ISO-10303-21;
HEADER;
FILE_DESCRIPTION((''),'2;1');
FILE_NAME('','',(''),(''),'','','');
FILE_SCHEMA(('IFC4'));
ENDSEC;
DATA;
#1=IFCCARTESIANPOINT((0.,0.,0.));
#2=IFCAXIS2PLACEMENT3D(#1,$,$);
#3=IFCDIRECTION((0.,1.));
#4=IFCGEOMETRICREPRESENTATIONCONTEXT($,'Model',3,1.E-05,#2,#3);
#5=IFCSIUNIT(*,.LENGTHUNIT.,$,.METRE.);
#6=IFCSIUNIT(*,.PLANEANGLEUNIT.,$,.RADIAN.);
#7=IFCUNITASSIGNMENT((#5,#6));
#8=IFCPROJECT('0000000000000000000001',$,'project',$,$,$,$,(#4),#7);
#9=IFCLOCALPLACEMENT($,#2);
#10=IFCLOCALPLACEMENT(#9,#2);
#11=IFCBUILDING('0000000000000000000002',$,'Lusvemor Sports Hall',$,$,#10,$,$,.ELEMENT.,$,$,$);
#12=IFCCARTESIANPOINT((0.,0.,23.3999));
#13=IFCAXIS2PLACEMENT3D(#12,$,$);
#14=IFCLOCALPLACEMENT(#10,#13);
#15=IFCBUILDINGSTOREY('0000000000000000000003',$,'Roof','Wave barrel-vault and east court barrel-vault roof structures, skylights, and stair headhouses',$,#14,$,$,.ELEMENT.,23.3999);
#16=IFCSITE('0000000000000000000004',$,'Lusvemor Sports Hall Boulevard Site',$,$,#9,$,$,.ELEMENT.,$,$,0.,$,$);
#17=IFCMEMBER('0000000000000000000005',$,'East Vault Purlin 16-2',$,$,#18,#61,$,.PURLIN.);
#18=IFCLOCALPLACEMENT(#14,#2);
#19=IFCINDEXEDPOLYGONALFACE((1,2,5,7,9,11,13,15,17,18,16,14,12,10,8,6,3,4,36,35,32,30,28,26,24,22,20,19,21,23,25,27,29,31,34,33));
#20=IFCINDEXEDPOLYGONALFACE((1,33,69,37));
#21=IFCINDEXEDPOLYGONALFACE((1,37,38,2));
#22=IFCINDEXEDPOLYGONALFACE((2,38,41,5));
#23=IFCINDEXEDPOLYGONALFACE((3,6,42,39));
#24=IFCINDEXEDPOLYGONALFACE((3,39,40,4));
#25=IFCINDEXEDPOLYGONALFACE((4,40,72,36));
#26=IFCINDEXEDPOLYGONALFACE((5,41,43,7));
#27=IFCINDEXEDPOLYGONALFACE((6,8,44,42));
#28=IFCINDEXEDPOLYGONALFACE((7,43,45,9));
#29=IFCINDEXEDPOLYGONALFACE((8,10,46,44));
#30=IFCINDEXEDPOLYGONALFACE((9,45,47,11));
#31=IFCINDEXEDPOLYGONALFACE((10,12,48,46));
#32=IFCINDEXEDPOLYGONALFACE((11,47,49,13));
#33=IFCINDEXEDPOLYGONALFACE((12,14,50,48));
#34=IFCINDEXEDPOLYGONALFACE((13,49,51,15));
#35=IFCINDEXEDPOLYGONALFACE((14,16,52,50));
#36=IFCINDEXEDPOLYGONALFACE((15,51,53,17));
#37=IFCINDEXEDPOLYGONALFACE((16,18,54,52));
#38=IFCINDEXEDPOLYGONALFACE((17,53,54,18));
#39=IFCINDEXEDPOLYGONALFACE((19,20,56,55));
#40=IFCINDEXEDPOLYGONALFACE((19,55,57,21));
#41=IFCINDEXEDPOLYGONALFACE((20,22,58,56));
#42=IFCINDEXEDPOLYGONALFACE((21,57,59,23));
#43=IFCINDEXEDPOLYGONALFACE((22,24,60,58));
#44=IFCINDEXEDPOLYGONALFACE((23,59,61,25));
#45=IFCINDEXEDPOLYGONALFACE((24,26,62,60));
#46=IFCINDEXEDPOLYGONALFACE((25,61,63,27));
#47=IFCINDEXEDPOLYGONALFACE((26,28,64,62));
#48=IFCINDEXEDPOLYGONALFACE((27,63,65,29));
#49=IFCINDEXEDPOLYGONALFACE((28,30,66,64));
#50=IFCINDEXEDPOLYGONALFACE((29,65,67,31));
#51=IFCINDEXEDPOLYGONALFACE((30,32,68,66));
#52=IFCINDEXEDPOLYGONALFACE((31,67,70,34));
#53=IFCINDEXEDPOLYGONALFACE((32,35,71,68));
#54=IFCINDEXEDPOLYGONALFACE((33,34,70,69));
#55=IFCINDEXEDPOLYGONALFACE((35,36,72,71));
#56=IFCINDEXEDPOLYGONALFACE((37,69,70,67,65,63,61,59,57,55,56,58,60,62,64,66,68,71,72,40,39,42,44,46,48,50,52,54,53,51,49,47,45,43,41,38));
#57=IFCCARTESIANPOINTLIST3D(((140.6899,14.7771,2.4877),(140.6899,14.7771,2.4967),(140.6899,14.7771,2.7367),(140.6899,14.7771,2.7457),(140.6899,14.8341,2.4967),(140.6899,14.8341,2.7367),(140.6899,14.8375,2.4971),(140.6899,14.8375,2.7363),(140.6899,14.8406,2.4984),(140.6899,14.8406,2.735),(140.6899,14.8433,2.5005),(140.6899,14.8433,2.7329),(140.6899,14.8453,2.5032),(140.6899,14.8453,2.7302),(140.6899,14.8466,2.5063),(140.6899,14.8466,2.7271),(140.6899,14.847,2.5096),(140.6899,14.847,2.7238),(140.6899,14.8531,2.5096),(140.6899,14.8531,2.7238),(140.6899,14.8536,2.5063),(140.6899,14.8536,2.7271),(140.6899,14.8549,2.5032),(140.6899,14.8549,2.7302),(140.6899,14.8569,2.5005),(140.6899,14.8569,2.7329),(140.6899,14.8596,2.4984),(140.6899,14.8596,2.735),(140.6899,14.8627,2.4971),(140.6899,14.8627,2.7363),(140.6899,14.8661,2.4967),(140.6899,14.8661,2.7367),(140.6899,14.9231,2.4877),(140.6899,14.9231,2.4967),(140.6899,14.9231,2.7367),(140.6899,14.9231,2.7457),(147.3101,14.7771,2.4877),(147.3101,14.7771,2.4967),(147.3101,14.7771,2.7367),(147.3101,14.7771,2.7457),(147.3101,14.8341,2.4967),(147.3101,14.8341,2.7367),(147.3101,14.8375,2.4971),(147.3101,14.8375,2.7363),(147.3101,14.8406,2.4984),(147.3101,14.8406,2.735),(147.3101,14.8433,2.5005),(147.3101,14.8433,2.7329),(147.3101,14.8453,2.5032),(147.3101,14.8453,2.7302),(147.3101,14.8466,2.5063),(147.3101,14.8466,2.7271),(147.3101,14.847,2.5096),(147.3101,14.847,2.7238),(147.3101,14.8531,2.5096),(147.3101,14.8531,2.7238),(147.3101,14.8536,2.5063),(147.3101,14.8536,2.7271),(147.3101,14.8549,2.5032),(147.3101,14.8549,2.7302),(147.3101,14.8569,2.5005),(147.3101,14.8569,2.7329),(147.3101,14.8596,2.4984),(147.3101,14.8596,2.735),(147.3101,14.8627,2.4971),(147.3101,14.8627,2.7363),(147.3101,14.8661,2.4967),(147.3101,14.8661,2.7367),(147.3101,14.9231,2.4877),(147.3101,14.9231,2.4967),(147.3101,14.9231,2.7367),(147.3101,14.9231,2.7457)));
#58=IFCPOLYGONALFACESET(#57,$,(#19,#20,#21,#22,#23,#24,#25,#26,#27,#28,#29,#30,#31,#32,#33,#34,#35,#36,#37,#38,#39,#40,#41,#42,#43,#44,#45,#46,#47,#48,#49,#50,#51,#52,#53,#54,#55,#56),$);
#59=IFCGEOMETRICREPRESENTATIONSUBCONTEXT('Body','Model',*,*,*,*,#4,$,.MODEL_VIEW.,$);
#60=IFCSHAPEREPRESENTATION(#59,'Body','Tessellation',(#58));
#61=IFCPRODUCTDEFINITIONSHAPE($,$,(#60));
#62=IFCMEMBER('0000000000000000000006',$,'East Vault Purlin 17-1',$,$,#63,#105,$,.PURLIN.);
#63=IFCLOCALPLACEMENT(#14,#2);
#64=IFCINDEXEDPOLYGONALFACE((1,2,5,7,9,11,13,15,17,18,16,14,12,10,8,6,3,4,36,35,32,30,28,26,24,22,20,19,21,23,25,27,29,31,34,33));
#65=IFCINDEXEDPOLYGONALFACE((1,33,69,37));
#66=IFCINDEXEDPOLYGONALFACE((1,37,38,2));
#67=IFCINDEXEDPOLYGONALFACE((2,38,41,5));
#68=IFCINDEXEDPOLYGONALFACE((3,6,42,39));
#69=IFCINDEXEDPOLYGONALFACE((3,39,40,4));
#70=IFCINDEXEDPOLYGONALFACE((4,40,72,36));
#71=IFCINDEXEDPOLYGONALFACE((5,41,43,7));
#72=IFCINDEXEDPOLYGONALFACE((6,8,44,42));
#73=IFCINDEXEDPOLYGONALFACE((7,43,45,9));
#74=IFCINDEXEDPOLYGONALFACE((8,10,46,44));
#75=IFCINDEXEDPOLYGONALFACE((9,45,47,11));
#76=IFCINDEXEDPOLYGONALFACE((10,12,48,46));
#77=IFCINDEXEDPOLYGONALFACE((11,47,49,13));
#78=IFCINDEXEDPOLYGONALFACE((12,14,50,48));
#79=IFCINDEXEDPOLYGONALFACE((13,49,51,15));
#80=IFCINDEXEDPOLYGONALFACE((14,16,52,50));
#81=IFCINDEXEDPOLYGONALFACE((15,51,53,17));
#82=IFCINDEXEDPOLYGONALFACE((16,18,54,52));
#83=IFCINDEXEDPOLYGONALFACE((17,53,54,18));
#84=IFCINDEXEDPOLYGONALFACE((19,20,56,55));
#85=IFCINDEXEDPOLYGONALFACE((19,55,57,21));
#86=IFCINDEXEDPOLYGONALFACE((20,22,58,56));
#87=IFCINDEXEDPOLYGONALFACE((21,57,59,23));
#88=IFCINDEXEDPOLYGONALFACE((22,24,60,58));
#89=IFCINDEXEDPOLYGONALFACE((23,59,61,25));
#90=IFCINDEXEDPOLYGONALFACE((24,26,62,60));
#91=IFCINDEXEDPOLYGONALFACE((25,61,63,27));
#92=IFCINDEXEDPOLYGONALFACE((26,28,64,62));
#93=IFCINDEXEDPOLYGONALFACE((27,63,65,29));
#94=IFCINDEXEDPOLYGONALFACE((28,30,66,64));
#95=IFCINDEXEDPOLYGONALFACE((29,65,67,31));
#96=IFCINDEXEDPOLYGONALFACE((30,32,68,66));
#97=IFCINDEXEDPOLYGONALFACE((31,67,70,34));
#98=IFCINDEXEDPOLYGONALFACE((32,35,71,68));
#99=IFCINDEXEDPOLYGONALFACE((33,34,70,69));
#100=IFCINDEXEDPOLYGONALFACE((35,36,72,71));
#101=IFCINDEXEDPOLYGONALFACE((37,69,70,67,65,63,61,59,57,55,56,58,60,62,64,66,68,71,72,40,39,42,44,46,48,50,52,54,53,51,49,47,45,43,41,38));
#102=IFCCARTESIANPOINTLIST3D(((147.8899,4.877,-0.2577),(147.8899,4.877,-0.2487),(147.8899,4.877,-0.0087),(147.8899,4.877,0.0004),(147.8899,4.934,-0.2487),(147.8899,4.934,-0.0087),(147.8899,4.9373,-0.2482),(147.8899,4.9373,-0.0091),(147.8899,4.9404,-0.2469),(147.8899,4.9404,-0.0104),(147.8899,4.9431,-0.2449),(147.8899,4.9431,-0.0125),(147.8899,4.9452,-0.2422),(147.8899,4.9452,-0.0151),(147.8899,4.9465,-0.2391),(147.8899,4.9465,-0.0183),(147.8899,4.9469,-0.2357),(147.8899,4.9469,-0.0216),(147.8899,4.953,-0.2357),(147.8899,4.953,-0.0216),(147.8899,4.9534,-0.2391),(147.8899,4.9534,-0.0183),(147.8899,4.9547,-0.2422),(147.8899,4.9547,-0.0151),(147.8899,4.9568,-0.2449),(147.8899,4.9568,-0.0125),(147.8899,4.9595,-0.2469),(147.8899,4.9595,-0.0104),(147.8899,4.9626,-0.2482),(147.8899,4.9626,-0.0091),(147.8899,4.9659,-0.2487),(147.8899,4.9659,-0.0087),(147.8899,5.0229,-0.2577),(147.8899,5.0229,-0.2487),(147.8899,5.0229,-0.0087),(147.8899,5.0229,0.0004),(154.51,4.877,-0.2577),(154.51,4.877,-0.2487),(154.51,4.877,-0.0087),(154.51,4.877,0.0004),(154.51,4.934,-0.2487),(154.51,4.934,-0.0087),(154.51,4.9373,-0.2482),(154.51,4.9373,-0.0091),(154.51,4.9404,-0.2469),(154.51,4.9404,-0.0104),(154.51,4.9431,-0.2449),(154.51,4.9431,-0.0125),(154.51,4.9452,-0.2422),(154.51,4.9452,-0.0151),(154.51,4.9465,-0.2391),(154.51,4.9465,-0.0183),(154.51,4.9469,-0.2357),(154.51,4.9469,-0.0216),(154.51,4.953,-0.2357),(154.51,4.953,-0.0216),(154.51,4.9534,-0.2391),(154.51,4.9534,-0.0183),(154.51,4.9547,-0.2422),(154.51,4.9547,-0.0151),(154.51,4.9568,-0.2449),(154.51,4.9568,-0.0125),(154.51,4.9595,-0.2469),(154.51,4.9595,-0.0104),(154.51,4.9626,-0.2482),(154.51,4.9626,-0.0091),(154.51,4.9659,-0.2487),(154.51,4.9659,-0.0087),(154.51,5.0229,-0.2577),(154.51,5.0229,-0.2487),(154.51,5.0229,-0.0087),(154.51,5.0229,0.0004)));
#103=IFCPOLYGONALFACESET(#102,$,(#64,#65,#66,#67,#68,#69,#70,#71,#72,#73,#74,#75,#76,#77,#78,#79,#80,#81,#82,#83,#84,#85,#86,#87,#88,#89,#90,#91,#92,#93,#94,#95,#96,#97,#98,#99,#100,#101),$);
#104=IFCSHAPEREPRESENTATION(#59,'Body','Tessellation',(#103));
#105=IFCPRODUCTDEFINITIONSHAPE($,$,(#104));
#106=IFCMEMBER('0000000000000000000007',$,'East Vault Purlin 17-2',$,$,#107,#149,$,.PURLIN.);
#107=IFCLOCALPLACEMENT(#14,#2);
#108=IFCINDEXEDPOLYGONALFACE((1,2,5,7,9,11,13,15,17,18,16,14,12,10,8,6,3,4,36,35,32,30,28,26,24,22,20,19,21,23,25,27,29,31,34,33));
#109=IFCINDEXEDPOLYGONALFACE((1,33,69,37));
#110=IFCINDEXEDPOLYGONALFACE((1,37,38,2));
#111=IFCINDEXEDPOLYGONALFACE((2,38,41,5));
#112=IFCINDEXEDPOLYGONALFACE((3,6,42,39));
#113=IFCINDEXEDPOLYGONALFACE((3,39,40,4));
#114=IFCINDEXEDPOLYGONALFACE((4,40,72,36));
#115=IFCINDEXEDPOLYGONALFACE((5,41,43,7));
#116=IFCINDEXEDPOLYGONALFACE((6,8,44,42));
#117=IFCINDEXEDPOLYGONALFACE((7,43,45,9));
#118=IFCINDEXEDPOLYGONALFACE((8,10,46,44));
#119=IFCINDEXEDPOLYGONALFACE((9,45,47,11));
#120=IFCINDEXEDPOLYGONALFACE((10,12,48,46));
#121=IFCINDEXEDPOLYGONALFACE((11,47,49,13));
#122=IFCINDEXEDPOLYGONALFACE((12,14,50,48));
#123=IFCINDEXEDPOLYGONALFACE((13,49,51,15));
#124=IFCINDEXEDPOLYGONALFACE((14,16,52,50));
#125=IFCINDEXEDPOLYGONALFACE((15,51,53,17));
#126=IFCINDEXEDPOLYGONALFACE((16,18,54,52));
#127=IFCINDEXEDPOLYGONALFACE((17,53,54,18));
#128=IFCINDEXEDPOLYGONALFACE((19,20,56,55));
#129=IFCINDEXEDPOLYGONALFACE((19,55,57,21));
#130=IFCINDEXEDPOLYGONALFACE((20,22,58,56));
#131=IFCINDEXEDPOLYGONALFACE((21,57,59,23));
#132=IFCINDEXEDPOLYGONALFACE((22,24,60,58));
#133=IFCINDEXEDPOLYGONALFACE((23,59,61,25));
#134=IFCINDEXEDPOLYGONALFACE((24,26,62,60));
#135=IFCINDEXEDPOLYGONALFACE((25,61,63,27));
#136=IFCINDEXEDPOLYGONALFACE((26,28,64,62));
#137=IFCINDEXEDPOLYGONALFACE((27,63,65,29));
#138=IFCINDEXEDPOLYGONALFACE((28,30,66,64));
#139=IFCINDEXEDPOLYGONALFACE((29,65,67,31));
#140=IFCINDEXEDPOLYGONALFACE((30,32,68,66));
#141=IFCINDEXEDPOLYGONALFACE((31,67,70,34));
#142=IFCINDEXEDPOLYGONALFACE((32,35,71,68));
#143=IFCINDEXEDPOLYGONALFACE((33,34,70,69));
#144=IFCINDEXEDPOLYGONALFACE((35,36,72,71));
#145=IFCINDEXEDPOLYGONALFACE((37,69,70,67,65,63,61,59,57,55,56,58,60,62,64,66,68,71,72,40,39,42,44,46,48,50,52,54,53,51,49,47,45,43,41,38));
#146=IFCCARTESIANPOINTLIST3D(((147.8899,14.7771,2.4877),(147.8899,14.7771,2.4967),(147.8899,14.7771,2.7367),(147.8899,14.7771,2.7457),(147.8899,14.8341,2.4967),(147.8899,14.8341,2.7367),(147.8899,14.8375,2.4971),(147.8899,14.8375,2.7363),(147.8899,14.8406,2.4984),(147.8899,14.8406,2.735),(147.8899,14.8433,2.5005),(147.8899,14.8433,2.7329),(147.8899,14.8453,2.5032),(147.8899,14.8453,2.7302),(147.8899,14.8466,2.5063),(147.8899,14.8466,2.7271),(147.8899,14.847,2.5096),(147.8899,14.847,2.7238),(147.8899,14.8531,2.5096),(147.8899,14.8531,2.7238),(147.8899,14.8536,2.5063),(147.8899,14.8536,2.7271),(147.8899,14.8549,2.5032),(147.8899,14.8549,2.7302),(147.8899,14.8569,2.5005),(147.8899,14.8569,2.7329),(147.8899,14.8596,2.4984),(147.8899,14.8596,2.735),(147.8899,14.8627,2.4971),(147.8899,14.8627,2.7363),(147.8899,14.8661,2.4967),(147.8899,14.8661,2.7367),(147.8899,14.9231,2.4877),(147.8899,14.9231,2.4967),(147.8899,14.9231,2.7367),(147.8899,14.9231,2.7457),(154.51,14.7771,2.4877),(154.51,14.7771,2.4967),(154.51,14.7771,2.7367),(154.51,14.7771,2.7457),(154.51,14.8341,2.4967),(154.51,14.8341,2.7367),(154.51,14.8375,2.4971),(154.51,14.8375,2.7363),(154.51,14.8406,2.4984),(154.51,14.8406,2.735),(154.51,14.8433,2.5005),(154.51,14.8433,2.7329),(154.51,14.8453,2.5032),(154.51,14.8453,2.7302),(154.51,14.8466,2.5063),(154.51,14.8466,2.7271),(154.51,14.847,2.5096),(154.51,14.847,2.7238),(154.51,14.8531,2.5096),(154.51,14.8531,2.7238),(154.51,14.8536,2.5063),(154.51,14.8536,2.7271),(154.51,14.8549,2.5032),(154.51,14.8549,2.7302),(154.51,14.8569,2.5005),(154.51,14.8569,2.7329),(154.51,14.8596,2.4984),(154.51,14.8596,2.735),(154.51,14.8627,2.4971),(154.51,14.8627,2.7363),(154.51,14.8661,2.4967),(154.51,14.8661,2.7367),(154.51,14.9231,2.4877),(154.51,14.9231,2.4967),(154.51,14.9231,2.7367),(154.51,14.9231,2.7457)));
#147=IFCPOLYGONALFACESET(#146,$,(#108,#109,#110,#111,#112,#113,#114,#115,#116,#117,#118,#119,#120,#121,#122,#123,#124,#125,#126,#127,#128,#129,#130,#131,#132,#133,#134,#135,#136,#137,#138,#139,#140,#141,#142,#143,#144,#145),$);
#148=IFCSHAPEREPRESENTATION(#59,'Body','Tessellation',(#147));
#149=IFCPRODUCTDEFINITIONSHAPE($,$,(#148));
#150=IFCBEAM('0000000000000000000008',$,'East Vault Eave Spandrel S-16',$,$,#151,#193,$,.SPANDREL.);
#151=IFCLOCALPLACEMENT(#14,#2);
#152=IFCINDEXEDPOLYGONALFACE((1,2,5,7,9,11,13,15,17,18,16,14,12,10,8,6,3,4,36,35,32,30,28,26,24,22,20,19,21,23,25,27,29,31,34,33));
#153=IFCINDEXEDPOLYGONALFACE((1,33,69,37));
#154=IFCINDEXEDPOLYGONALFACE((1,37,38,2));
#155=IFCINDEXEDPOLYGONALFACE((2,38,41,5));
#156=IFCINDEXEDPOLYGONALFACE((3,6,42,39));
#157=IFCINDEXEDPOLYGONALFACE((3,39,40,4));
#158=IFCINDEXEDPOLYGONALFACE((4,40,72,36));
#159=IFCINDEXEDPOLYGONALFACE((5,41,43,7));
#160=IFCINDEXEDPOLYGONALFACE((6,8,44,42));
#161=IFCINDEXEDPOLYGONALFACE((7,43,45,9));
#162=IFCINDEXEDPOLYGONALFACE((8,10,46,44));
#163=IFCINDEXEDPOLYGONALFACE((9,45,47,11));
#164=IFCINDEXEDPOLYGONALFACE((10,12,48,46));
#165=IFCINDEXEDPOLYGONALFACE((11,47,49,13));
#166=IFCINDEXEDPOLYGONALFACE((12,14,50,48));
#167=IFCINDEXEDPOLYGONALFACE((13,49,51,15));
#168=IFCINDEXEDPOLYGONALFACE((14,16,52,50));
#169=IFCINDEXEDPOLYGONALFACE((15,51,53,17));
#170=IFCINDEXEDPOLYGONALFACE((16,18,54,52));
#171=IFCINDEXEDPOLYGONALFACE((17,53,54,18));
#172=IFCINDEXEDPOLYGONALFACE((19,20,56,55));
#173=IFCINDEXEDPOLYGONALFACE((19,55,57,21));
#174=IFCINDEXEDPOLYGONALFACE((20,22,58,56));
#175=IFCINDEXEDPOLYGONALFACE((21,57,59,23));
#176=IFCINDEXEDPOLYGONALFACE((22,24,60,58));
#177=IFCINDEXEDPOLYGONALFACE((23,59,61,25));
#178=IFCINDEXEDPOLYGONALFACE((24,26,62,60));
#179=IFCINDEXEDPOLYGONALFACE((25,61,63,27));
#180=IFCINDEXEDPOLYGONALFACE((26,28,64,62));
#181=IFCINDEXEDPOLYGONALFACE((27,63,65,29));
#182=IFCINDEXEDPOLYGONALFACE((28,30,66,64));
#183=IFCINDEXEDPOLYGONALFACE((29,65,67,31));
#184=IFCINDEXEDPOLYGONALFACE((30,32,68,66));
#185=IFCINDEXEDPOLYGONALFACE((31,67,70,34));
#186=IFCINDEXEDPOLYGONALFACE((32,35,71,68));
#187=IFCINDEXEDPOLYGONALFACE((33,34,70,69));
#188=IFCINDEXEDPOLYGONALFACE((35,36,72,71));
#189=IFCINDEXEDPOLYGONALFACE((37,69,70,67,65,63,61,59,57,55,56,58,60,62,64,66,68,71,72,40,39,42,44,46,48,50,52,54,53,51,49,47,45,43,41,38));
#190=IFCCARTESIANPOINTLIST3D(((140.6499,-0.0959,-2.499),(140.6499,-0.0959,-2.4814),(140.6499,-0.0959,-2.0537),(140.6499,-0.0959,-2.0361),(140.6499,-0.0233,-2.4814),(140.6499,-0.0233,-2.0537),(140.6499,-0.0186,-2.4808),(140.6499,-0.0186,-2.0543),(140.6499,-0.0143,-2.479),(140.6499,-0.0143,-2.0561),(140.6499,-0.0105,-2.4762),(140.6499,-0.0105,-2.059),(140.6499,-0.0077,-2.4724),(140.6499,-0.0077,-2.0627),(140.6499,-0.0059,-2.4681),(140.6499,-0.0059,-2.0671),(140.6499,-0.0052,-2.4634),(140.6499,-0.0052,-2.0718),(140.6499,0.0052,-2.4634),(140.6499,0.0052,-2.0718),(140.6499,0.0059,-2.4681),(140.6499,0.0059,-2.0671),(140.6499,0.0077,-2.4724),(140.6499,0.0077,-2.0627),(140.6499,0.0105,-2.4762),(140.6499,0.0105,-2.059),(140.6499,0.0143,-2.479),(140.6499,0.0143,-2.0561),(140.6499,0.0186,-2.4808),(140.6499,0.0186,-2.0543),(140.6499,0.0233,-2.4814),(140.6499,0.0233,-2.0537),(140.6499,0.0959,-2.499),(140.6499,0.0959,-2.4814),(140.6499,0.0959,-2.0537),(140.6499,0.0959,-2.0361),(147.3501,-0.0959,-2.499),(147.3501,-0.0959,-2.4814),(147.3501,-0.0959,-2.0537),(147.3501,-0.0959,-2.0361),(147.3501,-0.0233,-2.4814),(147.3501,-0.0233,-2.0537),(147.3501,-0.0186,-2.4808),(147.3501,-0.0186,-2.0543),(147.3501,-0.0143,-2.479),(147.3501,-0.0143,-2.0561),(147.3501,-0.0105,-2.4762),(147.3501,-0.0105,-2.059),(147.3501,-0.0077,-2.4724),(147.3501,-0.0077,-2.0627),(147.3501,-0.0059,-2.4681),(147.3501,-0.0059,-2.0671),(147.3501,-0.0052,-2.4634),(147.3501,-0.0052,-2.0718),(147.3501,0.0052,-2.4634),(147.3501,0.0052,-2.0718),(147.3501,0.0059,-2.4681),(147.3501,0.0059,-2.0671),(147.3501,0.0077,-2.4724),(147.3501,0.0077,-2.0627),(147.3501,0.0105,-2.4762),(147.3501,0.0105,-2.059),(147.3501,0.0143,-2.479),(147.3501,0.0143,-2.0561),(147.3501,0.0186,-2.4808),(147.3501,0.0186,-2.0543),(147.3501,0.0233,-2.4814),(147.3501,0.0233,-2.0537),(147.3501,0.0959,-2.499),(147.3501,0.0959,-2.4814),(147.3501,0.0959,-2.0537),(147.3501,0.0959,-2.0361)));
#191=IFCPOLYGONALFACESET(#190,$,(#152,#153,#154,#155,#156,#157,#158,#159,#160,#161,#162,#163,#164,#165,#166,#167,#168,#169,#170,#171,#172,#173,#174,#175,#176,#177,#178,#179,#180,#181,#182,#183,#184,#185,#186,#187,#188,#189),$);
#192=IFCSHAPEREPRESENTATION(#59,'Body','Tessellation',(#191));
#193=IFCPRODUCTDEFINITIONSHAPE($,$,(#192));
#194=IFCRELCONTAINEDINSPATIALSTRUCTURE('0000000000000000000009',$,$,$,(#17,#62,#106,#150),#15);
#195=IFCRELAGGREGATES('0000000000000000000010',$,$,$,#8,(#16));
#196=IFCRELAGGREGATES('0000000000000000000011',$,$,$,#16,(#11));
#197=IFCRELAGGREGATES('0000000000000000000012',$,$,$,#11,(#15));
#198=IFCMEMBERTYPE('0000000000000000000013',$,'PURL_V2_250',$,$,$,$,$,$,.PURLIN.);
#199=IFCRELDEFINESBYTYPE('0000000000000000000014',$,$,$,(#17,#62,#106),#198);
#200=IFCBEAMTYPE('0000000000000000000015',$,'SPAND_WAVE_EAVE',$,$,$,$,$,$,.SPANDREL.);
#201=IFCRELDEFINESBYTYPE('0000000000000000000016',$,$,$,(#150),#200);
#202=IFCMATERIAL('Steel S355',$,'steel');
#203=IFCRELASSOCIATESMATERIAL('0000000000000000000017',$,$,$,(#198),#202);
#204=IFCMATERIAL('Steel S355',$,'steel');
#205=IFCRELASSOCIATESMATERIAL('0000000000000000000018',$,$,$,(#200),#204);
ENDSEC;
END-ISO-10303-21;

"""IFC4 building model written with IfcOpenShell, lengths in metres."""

from ifc_helpers import new_model, si_unit, direction, frame, origin, origin_2d, place, context, subcontext, project, spatial, i_section, extrude, material, material_profile, profile_set, type_object, element, save


model = new_model("IFC4")

# Units and contexts
model_context = context("Model", 3, precision=1e-05, world=origin(), true_north=direction((0.0, 1.0)))
body_context = subcontext(model_context, "Body", "Model", "MODEL_VIEW")
ifc_project = project(units=[si_unit("LENGTHUNIT", "METRE"), si_unit("PLANEANGLEUNIT", "RADIAN")], contexts=[model_context])

# Site, building, storey
site_placement = place(None, origin())
site = spatial("IfcSite", under=ifc_project, at=site_placement, Name="Lusvemor Sports Hall Boulevard Site", CompositionType="ELEMENT", RefElevation=0.0)
building_placement = place(site_placement, origin())
building = spatial("IfcBuilding", under=site, at=building_placement, Name="Lusvemor Sports Hall", CompositionType="ELEMENT")
storey_placement = place(building_placement, frame((0.0, 0.0, 23.3999)))
storey = spatial("IfcBuildingStorey", under=building, at=storey_placement, Name="Roof", Description="Wave barrel-vault and east court barrel-vault roof structures, skylights, and stair headhouses", CompositionType="ELEMENT", Elevation=23.3999)

# Members
ifc_material_1 = material(Name="Steel S355", Category="steel")
ifc_material_profile_1 = material_profile(ifc_material_1, i_section(OverallWidth=0.146, OverallDepth=0.2581, WebThickness=0.0061, FlangeThickness=0.009, FilletRadius=0.0129, at=origin_2d()), Name="W250x32.7")
ifc_profile_set_1 = profile_set([ifc_material_profile_1], Name="Steel S355")
member_type_1 = type_object("IfcMemberType", Name="PURL_V2_250", PredefinedType="PURLIN", material=ifc_profile_set_1)
for number, where, z_axis, x_axis, name in (
    (1, (140.6899, 14.8501, 2.6167), (1.0, 0.0, 0.0), (0.0, 1.0, 0.0), "East Vault Purlin 16-2"),
    (2, (147.8899, 4.95, -0.1287), (1.0, 0.0, 0.0), (0.0, 1.0, 0.0), "East Vault Purlin 17-1"),
    (3, (147.8899, 14.8501, 2.6167), (1.0, 0.0, 0.0), (0.0, 1.0, 0.0), "East Vault Purlin 17-2"),
):
    element("IfcMember", number, at=place(storey_placement, frame(where, z_axis=z_axis, x_axis=x_axis)), inside=storey, type_object=member_type_1, Name=name, PredefinedType="PURLIN", context=body_context, shape_type="SweptSolid", body=[
        extrude(i_section(OverallWidth=0.146, OverallDepth=0.2581, WebThickness=0.0061, FlangeThickness=0.009, FilletRadius=0.0129, at=origin_2d()), origin(), (0.0, 0.0, 1.0), 6.6201),
    ])

# Beam
ifc_material_2 = material(Name="Steel S355", Category="steel")
ifc_material_profile_2 = material_profile(ifc_material_2, i_section(OverallWidth=0.1919, OverallDepth=0.4629, WebThickness=0.0105, FlangeThickness=0.0176, FilletRadius=0.0181, at=origin_2d()), Name="W460x89.0")
ifc_profile_set_2 = profile_set([ifc_material_profile_2], Name="Steel S355")
beam_type_1 = type_object("IfcBeamType", Name="SPAND_WAVE_EAVE", PredefinedType="SPANDREL", material=ifc_profile_set_2)
beam_1_placement = place(storey_placement, frame((140.6499, 0.0, -2.2676), z_axis=(1.0, 0.0, 0.0), x_axis=(0.0, 1.0, 0.0)))
element("IfcBeam", 4, at=beam_1_placement, inside=storey, type_object=beam_type_1, Name="East Vault Eave Spandrel S-16", PredefinedType="SPANDREL", context=body_context, shape_type="SweptSolid", body=[
    extrude(i_section(OverallWidth=0.1919, OverallDepth=0.4629, WebThickness=0.0105, FlangeThickness=0.0176, FilletRadius=0.0181, at=origin_2d()), origin(), (0.0, 0.0, 1.0), 6.7002),
])

save(model, "model.ifc")
